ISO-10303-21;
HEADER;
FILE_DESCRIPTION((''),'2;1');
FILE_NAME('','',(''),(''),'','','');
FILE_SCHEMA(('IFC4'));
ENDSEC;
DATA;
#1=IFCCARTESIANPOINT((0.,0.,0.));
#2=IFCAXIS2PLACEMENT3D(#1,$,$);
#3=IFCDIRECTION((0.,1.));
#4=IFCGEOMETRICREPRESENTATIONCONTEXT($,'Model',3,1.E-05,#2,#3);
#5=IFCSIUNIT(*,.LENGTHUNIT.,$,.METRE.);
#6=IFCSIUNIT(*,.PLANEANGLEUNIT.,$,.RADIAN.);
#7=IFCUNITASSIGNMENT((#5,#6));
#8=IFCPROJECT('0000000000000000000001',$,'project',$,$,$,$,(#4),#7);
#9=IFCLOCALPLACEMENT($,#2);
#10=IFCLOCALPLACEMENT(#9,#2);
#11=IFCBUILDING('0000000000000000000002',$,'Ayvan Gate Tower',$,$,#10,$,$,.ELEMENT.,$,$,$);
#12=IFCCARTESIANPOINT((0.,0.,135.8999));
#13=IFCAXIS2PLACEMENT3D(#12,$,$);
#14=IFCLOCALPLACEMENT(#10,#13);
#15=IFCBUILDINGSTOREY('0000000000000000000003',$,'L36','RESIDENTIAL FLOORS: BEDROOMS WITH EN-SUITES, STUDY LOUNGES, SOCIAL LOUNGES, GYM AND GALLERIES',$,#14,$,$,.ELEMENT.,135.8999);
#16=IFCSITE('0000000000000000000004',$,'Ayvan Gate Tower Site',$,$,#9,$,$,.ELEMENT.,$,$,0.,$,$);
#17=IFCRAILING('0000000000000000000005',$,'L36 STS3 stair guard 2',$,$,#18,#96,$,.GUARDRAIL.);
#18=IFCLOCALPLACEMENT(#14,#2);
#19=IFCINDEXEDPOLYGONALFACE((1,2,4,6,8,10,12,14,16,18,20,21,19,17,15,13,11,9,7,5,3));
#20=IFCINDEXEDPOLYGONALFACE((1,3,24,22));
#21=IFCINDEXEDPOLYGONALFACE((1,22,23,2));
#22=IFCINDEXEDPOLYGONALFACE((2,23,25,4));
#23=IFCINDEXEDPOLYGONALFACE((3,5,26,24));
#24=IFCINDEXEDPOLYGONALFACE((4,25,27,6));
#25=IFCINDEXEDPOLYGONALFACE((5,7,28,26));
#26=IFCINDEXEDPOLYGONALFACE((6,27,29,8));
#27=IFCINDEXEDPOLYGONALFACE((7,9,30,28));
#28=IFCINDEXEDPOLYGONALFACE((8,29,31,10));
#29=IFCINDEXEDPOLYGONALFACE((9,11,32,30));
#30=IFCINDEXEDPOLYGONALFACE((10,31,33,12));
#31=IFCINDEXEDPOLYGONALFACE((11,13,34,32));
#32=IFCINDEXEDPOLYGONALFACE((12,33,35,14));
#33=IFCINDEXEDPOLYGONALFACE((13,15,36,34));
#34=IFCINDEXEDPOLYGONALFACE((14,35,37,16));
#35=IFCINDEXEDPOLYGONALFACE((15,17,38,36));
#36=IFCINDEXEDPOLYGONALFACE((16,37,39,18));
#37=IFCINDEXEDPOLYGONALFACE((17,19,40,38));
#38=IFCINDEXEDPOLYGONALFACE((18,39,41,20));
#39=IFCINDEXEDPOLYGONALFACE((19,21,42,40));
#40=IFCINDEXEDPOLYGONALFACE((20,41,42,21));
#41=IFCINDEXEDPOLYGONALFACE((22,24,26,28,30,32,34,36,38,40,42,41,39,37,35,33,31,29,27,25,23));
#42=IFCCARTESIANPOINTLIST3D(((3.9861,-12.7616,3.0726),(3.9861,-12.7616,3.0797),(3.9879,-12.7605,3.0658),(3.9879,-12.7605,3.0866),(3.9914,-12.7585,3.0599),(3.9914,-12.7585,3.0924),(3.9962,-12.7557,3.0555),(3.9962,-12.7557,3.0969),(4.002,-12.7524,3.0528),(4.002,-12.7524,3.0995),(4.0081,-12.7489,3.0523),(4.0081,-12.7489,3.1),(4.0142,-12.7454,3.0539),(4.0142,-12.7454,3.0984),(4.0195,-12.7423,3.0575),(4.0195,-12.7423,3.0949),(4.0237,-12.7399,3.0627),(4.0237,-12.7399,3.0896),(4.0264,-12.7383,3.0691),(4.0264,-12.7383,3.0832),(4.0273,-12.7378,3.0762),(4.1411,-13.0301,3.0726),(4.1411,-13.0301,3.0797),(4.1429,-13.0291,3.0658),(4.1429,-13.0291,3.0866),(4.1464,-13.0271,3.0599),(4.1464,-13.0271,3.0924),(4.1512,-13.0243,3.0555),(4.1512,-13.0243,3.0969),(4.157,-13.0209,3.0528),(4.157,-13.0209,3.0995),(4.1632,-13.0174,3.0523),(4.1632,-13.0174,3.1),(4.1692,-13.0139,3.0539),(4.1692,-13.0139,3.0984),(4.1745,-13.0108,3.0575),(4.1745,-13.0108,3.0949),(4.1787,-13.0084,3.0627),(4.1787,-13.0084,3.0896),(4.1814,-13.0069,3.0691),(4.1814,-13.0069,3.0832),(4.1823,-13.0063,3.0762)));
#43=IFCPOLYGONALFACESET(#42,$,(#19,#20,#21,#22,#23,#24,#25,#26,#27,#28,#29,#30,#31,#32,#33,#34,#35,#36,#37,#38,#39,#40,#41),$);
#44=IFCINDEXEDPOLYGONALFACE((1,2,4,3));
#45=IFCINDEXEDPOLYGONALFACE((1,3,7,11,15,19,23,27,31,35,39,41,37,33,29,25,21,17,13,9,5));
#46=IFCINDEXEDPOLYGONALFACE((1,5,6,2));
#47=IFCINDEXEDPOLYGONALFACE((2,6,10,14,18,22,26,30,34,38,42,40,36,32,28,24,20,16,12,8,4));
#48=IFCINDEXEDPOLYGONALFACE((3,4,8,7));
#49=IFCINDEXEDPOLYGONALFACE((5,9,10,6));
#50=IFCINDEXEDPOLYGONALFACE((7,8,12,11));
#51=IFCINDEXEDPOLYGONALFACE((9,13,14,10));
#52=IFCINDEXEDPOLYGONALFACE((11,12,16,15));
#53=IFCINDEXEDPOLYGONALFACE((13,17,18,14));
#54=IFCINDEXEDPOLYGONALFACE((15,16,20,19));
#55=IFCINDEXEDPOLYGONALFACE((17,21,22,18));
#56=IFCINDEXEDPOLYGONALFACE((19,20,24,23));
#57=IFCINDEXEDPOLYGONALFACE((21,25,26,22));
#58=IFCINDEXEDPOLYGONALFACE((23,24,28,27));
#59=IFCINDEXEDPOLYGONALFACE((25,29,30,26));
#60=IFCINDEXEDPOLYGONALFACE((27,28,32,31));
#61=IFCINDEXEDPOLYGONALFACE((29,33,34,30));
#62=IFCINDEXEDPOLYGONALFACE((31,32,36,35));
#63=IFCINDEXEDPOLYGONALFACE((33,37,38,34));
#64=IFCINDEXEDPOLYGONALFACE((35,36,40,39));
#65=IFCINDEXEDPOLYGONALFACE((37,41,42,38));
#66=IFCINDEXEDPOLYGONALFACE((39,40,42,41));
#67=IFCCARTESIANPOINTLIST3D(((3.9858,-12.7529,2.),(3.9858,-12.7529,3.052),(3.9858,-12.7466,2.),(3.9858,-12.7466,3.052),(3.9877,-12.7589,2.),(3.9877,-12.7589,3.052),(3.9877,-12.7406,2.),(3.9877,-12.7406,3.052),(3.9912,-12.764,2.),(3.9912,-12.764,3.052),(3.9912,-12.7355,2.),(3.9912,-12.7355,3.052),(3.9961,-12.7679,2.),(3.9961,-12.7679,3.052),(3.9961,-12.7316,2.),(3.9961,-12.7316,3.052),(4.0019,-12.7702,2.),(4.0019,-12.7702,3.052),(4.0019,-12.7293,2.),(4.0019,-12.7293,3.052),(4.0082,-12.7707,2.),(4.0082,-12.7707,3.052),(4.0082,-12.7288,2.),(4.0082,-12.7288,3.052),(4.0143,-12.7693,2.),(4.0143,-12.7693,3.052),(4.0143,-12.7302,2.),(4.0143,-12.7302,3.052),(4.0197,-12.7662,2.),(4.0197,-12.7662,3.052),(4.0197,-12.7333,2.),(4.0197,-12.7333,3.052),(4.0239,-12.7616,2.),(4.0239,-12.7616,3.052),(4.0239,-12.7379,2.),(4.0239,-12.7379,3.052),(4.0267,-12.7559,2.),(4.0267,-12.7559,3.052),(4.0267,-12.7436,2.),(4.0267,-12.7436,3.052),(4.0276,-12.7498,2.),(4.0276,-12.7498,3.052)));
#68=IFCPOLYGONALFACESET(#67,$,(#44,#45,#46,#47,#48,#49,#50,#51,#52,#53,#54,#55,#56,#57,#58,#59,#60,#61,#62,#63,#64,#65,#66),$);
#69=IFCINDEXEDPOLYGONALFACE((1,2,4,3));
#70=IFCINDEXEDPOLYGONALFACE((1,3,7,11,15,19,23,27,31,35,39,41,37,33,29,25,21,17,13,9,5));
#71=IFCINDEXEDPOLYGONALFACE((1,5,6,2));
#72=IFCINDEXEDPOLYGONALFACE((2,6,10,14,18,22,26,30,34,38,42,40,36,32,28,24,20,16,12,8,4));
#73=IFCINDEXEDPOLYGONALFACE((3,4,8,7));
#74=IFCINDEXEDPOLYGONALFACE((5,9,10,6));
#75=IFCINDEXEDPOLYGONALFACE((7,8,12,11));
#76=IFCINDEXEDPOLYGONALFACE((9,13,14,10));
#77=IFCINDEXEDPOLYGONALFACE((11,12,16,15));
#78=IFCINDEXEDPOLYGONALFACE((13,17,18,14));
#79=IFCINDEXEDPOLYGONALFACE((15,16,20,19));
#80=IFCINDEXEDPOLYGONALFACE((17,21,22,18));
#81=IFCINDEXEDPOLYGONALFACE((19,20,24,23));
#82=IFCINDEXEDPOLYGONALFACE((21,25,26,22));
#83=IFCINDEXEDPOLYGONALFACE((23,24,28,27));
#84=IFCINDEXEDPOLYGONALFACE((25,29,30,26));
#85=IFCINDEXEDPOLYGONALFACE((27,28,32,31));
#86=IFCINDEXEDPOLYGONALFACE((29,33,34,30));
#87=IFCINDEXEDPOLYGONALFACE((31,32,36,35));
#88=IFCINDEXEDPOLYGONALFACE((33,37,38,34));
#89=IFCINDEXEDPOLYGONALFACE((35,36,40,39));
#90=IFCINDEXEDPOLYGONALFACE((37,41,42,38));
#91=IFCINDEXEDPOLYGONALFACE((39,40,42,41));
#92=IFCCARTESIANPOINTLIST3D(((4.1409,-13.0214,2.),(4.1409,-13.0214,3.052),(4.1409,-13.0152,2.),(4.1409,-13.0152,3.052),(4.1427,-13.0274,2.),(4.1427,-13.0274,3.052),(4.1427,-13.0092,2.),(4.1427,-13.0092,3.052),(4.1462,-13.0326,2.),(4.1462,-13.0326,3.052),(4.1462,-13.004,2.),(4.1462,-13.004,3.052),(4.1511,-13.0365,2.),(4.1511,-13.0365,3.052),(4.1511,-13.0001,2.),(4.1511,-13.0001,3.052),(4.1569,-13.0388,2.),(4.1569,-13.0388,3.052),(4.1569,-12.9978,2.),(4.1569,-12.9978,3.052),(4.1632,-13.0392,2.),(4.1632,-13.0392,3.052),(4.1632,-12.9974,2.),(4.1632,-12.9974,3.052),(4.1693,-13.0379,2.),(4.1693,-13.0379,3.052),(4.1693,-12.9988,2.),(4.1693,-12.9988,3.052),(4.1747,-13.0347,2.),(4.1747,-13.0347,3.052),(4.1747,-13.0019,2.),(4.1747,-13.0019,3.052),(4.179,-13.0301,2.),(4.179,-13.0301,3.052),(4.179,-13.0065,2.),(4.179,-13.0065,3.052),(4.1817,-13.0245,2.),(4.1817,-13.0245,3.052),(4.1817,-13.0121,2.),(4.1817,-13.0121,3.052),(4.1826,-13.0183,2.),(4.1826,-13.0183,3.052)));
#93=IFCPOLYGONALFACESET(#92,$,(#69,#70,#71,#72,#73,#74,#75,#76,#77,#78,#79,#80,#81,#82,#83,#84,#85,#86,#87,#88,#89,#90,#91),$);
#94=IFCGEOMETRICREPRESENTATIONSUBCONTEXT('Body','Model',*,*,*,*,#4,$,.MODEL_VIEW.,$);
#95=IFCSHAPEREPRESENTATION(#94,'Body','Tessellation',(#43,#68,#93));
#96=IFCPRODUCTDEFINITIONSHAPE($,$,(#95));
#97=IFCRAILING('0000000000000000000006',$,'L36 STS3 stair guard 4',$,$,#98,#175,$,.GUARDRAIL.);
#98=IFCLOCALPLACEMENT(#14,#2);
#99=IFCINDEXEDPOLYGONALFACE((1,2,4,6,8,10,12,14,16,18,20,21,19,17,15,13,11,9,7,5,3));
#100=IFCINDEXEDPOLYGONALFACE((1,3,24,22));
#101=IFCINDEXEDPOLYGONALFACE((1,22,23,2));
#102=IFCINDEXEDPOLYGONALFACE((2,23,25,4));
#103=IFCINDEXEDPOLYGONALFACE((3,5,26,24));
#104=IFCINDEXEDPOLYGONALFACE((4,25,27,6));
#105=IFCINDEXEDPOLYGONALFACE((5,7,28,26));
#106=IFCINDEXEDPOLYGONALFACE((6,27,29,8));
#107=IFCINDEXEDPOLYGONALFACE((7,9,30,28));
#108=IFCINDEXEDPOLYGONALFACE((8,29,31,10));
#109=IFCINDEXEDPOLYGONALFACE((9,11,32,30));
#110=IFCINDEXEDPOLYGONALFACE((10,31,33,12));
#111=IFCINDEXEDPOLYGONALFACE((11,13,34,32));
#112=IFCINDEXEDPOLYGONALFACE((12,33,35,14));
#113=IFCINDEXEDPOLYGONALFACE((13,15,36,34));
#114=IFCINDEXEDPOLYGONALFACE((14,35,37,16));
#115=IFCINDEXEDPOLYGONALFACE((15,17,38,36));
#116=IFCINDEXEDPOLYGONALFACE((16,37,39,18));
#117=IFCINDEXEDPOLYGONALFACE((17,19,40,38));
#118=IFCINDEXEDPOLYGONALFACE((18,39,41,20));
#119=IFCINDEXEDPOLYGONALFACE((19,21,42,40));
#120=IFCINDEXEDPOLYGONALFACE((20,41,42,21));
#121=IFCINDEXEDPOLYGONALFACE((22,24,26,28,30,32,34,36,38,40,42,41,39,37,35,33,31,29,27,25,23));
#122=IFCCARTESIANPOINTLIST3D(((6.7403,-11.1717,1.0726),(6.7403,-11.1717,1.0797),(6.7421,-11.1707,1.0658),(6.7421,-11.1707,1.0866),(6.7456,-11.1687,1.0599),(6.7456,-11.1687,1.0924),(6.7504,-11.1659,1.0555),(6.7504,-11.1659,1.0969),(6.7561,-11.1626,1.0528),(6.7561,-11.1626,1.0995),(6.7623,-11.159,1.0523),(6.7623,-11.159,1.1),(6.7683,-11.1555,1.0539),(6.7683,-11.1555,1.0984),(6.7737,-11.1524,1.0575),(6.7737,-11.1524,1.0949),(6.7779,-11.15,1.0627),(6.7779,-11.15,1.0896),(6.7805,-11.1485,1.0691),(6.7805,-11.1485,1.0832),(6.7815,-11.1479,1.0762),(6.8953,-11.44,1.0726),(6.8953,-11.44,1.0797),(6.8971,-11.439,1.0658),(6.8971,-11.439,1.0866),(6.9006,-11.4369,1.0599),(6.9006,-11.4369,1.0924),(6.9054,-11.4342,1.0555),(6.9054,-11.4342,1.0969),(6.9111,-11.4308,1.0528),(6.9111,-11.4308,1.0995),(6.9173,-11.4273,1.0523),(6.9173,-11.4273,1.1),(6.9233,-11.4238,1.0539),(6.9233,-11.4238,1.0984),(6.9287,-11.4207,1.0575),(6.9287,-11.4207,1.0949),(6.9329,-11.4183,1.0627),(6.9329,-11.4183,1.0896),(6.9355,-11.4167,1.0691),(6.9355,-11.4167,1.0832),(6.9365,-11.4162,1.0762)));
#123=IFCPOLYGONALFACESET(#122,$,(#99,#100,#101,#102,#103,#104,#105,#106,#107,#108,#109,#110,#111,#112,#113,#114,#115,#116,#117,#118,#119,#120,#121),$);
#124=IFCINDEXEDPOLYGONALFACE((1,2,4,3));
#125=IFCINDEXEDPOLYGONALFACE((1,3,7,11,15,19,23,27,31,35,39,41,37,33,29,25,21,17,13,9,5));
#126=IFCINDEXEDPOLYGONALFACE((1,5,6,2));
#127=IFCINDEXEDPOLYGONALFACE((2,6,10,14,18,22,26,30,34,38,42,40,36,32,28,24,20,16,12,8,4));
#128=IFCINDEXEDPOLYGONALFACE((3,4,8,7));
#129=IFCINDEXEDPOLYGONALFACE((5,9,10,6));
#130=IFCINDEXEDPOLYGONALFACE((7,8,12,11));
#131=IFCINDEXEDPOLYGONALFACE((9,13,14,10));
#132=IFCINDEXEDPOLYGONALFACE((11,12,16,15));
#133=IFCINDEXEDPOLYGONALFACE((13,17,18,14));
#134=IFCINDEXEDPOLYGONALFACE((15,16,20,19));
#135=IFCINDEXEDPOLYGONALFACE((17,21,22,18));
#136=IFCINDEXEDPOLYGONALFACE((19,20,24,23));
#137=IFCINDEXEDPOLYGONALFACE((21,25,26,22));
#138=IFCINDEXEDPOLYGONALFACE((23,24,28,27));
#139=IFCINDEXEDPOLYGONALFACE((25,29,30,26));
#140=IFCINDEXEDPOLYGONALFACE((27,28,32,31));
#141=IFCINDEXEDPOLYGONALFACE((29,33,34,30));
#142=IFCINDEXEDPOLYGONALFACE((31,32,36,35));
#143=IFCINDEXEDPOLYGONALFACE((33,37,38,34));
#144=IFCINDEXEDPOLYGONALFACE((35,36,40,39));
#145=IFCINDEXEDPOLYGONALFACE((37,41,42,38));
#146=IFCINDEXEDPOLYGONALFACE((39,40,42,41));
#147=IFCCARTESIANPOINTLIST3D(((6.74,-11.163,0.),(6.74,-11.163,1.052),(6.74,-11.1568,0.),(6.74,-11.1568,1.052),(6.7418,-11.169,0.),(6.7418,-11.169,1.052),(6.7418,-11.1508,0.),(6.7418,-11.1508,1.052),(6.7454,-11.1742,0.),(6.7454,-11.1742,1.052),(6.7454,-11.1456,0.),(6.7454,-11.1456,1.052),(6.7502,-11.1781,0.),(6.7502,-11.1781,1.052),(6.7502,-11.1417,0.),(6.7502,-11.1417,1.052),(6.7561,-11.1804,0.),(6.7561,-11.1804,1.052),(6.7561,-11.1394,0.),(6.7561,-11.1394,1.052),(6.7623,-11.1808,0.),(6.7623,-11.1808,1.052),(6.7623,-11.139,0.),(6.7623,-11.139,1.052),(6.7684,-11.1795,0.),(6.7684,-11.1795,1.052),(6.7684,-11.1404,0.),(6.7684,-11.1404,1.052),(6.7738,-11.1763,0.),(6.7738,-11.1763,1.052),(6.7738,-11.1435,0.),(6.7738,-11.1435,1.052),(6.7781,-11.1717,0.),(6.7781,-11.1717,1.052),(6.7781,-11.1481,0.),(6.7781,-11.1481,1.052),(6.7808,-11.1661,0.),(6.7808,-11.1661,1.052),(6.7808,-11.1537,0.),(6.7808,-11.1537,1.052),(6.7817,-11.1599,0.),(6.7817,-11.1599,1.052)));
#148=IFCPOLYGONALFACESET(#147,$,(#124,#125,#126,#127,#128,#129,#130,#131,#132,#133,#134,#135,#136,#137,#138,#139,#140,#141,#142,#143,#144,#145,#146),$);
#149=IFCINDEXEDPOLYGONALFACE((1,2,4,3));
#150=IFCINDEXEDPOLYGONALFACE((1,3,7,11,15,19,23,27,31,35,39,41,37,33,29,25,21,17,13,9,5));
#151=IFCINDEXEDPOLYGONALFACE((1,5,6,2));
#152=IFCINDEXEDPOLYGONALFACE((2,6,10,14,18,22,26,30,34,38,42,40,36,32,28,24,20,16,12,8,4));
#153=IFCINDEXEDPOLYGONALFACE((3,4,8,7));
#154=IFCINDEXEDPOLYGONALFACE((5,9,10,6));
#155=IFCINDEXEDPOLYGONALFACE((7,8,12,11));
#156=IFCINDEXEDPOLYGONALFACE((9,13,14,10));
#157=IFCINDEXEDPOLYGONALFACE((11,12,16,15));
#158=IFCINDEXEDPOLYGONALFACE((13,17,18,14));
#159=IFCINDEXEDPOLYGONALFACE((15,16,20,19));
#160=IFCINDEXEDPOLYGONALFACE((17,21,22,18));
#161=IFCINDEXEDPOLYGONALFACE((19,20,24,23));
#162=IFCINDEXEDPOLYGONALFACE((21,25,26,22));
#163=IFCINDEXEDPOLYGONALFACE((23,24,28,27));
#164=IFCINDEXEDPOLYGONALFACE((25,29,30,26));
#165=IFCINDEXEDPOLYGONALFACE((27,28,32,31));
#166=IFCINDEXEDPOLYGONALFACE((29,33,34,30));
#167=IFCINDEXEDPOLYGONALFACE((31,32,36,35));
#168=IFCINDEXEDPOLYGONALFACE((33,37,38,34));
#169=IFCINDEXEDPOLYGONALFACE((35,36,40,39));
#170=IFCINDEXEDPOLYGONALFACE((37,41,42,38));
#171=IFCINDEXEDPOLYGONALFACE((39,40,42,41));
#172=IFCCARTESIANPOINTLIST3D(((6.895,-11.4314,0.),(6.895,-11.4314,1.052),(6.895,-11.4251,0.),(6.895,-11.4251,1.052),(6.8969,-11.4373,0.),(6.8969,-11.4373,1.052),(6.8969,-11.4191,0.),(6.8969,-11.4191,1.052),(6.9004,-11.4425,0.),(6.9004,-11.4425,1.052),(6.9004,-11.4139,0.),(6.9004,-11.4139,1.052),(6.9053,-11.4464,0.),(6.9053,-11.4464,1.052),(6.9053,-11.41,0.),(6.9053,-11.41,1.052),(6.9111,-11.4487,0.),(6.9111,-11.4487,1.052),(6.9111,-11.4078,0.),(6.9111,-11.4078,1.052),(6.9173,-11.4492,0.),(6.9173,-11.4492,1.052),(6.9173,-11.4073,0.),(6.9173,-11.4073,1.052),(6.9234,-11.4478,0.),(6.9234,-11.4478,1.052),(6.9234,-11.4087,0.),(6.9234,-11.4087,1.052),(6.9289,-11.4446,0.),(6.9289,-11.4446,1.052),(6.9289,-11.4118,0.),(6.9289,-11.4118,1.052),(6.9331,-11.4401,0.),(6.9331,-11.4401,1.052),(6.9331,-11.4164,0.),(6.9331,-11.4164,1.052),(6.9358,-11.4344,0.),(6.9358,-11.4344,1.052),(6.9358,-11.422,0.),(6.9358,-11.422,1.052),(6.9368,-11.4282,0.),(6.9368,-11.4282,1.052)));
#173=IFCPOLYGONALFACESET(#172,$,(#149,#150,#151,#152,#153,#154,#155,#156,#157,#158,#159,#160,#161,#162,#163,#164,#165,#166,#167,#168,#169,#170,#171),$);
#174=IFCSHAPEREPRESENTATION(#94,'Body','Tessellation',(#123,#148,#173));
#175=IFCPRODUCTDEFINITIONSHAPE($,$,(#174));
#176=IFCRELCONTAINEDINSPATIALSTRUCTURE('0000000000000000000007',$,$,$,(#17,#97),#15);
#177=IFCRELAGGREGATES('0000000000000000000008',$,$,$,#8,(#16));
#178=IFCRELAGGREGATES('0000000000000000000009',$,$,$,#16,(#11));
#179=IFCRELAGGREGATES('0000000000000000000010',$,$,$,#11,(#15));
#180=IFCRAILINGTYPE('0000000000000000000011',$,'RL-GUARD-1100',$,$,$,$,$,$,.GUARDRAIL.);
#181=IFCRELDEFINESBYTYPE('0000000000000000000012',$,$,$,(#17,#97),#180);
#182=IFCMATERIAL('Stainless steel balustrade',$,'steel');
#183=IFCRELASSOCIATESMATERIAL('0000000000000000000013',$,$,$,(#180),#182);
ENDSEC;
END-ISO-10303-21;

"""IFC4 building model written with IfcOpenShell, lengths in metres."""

from ifc_helpers import new_model, si_unit, direction, frame, origin, origin_2d, place, context, subcontext, project, spatial, circle, extrude, material, type_object, element, save


model = new_model("IFC4")

# Units and contexts
model_context = context("Model", 3, precision=1e-05, world=origin(), true_north=direction((0.0, 1.0)))
body_context = subcontext(model_context, "Body", "Model", "MODEL_VIEW")
ifc_project = project(units=[si_unit("LENGTHUNIT", "METRE"), si_unit("PLANEANGLEUNIT", "RADIAN")], contexts=[model_context])

# Site, building, storey
site_placement = place(None, origin())
site = spatial("IfcSite", under=ifc_project, at=site_placement, Name="Ayvan Gate Tower Site", CompositionType="ELEMENT", RefElevation=0.0)
building_placement = place(site_placement, origin())
building = spatial("IfcBuilding", under=site, at=building_placement, Name="Ayvan Gate Tower", CompositionType="ELEMENT")
storey_placement = place(building_placement, frame((0.0, 0.0, 135.8999)))
storey = spatial("IfcBuildingStorey", under=building, at=storey_placement, Name="L36", Description="RESIDENTIAL FLOORS: BEDROOMS WITH EN-SUITES, STUDY LOUNGES, SOCIAL LOUNGES, GYM AND GALLERIES", CompositionType="ELEMENT", Elevation=135.8999)

# Railings
ifc_material_1 = material(Name="Stainless steel balustrade", Category="steel")
railing_type_1 = type_object("IfcRailingType", Name="RL-GUARD-1100", PredefinedType="GUARDRAIL", material=ifc_material_1)
railing_1_placement = place(storey_placement, frame((4.0066, -12.7498, 2.0)))
element("IfcRailing", 1, at=railing_1_placement, inside=storey, type_object=railing_type_1, Name="L36 STS3 stair guard 2", PredefinedType="GUARDRAIL", context=body_context, shape_type="SweptSolid", body=[
    extrude(circle(Radius=0.0239, at=origin_2d()), frame((0.0, 0.0, 1.0762), z_axis=(0.49995, -0.866054, 0.0), x_axis=(0.866054, 0.49995, 0.0)), (0.0, 0.0, 1.0), 0.3101),
    extrude(circle(Radius=0.021, at=origin_2d()), origin(), (0.0, 0.0, 1.0), 1.052),
    extrude(circle(Radius=0.021, at=origin_2d()), frame((0.155, -0.2686, 0.0)), (0.0, 0.0, 1.0), 1.052),
])
railing_2_placement = place(storey_placement, frame((6.7607, -11.1599, 0.0)))
element("IfcRailing", 2, at=railing_2_placement, inside=storey, type_object=railing_type_1, Name="L36 STS3 stair guard 4", PredefinedType="GUARDRAIL", context=body_context, shape_type="SweptSolid", body=[
    extrude(circle(Radius=0.0239, at=origin_2d()), frame((0.0, 0.0, 1.0762), z_axis=(0.500291, -0.865857, 0.0), x_axis=(0.865857, 0.500291, 0.0)), (0.0, 0.0, 1.0), 0.3098),
    extrude(circle(Radius=0.021, at=origin_2d()), origin(), (0.0, 0.0, 1.0), 1.052),
    extrude(circle(Radius=0.021, at=origin_2d()), frame((0.155, -0.2683, 0.0)), (0.0, 0.0, 1.0), 1.052),
])

save(model, "model.ifc")
